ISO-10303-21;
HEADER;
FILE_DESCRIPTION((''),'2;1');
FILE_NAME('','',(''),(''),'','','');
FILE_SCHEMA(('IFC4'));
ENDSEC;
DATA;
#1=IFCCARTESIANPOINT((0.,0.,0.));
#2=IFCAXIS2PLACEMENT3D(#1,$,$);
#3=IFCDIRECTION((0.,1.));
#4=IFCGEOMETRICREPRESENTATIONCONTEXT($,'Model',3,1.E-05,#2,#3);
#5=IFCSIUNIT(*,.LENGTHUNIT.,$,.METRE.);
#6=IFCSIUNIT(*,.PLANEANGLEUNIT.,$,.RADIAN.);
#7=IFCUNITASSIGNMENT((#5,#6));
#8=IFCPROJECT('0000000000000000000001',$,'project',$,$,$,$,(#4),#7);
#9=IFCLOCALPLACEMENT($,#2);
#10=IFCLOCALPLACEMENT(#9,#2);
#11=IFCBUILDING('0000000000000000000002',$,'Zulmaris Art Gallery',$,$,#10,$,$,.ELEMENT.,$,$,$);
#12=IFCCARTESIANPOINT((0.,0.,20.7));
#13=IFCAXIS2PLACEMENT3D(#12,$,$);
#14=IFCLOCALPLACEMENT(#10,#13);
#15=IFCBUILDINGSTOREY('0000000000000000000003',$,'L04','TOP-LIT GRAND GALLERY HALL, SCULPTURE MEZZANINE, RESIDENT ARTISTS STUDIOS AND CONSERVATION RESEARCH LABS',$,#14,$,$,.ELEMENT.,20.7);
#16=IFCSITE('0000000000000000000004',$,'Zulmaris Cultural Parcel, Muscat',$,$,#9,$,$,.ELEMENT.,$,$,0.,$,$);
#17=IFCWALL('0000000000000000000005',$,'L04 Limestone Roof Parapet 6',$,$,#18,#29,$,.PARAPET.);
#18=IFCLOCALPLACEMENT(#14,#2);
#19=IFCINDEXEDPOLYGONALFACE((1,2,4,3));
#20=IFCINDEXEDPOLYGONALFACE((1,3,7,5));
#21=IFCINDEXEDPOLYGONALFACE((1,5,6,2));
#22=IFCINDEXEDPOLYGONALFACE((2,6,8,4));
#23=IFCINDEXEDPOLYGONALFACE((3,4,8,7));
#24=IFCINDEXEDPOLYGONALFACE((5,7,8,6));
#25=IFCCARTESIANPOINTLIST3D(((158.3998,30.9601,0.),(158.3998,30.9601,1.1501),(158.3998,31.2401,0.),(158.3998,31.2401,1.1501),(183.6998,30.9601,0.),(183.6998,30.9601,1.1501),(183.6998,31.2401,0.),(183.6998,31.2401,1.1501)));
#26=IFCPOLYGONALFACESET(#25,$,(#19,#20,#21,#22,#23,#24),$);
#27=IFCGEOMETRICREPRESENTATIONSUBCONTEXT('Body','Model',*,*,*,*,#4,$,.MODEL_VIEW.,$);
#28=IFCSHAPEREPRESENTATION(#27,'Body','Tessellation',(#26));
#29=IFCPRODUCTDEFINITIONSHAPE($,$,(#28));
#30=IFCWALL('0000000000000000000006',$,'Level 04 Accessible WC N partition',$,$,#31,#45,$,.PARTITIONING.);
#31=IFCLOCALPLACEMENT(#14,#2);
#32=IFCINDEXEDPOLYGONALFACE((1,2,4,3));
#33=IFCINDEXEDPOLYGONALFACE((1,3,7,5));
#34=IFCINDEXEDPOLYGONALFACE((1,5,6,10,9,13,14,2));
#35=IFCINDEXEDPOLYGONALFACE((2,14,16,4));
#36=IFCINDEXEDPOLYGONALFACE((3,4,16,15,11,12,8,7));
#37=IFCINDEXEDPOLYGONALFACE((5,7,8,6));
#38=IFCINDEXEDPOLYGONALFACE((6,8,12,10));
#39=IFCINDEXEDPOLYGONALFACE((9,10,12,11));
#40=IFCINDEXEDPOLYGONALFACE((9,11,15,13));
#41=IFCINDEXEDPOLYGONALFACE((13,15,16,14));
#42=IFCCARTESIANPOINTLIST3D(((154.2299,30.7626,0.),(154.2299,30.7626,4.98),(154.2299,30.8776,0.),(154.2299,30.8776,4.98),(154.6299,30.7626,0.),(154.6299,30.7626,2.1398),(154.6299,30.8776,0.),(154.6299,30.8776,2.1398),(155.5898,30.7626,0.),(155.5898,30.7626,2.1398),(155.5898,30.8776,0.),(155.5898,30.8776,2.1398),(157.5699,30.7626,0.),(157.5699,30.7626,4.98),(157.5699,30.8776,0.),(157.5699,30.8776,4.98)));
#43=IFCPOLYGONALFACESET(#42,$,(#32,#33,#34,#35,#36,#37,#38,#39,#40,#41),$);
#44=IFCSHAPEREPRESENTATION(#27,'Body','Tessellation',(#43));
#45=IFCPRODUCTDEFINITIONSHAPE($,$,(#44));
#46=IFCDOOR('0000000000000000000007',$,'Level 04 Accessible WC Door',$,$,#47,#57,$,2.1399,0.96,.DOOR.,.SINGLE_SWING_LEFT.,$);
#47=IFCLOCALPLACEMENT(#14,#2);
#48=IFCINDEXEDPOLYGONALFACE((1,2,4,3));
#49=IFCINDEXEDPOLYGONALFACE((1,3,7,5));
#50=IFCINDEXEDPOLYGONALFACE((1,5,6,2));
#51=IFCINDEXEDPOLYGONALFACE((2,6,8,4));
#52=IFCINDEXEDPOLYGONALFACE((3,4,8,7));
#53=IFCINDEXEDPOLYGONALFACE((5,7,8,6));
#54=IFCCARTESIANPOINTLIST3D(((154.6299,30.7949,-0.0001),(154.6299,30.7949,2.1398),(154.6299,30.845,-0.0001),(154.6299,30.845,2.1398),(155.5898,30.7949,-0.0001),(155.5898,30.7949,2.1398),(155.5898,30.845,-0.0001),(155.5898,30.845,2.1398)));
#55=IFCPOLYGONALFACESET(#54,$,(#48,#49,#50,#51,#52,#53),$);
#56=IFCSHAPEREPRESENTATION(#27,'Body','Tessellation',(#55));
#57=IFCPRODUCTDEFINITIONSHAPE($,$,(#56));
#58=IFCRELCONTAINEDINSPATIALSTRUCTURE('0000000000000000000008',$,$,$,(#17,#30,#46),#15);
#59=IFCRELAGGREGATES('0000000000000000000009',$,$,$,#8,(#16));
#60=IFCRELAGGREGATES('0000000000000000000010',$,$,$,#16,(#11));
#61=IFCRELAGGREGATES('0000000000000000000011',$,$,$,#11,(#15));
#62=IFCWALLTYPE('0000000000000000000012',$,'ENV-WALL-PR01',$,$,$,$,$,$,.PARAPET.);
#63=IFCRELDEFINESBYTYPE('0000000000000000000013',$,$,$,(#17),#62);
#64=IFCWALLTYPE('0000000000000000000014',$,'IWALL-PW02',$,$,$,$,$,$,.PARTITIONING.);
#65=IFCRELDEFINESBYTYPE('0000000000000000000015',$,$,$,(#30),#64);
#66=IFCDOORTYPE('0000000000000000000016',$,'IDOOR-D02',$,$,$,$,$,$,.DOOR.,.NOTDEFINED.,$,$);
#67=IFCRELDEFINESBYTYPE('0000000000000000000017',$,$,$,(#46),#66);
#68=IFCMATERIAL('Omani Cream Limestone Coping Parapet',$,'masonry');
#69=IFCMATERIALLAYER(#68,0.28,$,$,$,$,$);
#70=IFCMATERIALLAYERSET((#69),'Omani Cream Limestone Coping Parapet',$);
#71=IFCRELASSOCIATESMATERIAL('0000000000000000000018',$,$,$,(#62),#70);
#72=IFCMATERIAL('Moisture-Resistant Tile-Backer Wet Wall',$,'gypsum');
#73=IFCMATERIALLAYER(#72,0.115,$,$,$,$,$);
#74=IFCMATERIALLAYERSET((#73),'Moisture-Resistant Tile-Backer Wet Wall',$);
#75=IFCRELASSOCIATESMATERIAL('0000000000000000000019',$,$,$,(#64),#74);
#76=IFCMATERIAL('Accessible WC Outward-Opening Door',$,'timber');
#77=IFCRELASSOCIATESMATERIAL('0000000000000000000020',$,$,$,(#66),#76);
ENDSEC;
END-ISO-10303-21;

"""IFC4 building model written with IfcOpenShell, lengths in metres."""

from ifc_helpers import new_model, si_unit, direction, frame, frame_2d, origin, place, context, subcontext, project, spatial, rectangle, extrude, material, layer, layer_set, type_object, element, fill, save


model = new_model("IFC4")

# Units and contexts
model_context = context("Model", 3, precision=1e-05, world=origin(), true_north=direction((0.0, 1.0)))
body_context = subcontext(model_context, "Body", "Model", "MODEL_VIEW")
ifc_project = project(units=[si_unit("LENGTHUNIT", "METRE"), si_unit("PLANEANGLEUNIT", "RADIAN")], contexts=[model_context])

# Site, building, storey
site_placement = place(None, origin())
site = spatial("IfcSite", under=ifc_project, at=site_placement, Name="Zulmaris Cultural Parcel, Muscat", CompositionType="ELEMENT", RefElevation=0.0)
building_placement = place(site_placement, origin())
building = spatial("IfcBuilding", under=site, at=building_placement, Name="Zulmaris Art Gallery", CompositionType="ELEMENT")
storey_placement = place(building_placement, frame((0.0, 0.0, 20.7)))
storey = spatial("IfcBuildingStorey", under=building, at=storey_placement, Name="L04", Description="TOP-LIT GRAND GALLERY HALL, SCULPTURE MEZZANINE, RESIDENT ARTISTS STUDIOS AND CONSERVATION RESEARCH LABS", CompositionType="ELEMENT", Elevation=20.7)

# Wall
ifc_material_1 = material(Name="Omani Cream Limestone Coping Parapet", Category="masonry")
ifc_layer_1 = layer(ifc_material_1, 0.28)
ifc_layer_set_1 = layer_set([ifc_layer_1], Name="Omani Cream Limestone Coping Parapet")
wall_type_1 = type_object("IfcWallType", Name="ENV-WALL-PR01", PredefinedType="PARAPET", material=ifc_layer_set_1)
wall_1_placement = place(storey_placement, frame((158.3999, 31.1001, 0.0), z_axis=(0.0, 0.0, 1.0), x_axis=(1.0, 0.0, 0.0)))
element("IfcWall", 1, at=wall_1_placement, inside=storey, type_object=wall_type_1, Name="L04 Limestone Roof Parapet 6", PredefinedType="PARAPET", context=body_context, shape_type="SweptSolid", body=[
    extrude(rectangle(XDim=25.3, YDim=0.28, at=frame_2d((12.6499, 0.0))), origin(), (0.0, 0.0, 1.0), 1.1501),
])

# Wall, opening, door
ifc_material_2 = material(Name="Moisture-Resistant Tile-Backer Wet Wall", Category="gypsum")
ifc_layer_2 = layer(ifc_material_2, 0.115)
ifc_layer_set_2 = layer_set([ifc_layer_2], Name="Moisture-Resistant Tile-Backer Wet Wall")
wall_type_2 = type_object("IfcWallType", Name="IWALL-PW02", PredefinedType="PARTITIONING", material=ifc_layer_set_2)
wall_2_placement = place(storey_placement, frame((154.23, 30.8201, 0.0), z_axis=(0.0, 0.0, 1.0), x_axis=(1.0, 0.0, 0.0)))
wall_2 = element("IfcWall", 2, at=wall_2_placement, inside=storey, type_object=wall_type_2, Name="Level 04 Accessible WC N partition", PredefinedType="PARTITIONING", context=body_context, shape_type="SweptSolid", body=[
    extrude(rectangle(XDim=3.3401, YDim=0.115, at=frame_2d((1.6699, 0.0))), origin(), (0.0, 0.0, 1.0), 4.98),
])
opening_placement = place(wall_2_placement, frame((0.3999, 0.0, 0.0)))
opening = element("IfcOpeningElement", 3, at=opening_placement, cuts=wall_2, PredefinedType="OPENING", context=body_context, shape_type="SweptSolid", body=[
    extrude(rectangle(XDim=0.96, YDim=2.1399, at=frame_2d((0.48, 1.0698))), frame((0.0, 0.0674, 0.0), z_axis=(0.0, -1.0, 0.0), x_axis=(1.0, 0.0, 0.0)), (0.0, 0.0, 1.0), 0.135),
])
ifc_material_3 = material(Name="Accessible WC Outward-Opening Door", Category="timber")
door_type = type_object("IfcDoorType", Name="IDOOR-D02", OperationType="NOTDEFINED", PredefinedType="DOOR", material=ifc_material_3)
door_placement = place(opening_placement, origin())
door = element("IfcDoor", 4, at=door_placement, inside=storey, type_object=door_type, Name="Level 04 Accessible WC Door", OperationType="SINGLE_SWING_LEFT", OverallHeight=2.1399, OverallWidth=0.96, PredefinedType="DOOR", context=body_context, shape_type="SweptSolid", body=[
    extrude(rectangle(XDim=0.96, YDim=2.1399, at=frame_2d((0.48, 1.0698))), frame((0.0, 0.0249, 0.0), z_axis=(0.0, -1.0, 0.0), x_axis=(1.0, 0.0, 0.0)), (0.0, 0.0, 1.0), 0.05),
])
fill(opening, door)

save(model, "model.ifc")
